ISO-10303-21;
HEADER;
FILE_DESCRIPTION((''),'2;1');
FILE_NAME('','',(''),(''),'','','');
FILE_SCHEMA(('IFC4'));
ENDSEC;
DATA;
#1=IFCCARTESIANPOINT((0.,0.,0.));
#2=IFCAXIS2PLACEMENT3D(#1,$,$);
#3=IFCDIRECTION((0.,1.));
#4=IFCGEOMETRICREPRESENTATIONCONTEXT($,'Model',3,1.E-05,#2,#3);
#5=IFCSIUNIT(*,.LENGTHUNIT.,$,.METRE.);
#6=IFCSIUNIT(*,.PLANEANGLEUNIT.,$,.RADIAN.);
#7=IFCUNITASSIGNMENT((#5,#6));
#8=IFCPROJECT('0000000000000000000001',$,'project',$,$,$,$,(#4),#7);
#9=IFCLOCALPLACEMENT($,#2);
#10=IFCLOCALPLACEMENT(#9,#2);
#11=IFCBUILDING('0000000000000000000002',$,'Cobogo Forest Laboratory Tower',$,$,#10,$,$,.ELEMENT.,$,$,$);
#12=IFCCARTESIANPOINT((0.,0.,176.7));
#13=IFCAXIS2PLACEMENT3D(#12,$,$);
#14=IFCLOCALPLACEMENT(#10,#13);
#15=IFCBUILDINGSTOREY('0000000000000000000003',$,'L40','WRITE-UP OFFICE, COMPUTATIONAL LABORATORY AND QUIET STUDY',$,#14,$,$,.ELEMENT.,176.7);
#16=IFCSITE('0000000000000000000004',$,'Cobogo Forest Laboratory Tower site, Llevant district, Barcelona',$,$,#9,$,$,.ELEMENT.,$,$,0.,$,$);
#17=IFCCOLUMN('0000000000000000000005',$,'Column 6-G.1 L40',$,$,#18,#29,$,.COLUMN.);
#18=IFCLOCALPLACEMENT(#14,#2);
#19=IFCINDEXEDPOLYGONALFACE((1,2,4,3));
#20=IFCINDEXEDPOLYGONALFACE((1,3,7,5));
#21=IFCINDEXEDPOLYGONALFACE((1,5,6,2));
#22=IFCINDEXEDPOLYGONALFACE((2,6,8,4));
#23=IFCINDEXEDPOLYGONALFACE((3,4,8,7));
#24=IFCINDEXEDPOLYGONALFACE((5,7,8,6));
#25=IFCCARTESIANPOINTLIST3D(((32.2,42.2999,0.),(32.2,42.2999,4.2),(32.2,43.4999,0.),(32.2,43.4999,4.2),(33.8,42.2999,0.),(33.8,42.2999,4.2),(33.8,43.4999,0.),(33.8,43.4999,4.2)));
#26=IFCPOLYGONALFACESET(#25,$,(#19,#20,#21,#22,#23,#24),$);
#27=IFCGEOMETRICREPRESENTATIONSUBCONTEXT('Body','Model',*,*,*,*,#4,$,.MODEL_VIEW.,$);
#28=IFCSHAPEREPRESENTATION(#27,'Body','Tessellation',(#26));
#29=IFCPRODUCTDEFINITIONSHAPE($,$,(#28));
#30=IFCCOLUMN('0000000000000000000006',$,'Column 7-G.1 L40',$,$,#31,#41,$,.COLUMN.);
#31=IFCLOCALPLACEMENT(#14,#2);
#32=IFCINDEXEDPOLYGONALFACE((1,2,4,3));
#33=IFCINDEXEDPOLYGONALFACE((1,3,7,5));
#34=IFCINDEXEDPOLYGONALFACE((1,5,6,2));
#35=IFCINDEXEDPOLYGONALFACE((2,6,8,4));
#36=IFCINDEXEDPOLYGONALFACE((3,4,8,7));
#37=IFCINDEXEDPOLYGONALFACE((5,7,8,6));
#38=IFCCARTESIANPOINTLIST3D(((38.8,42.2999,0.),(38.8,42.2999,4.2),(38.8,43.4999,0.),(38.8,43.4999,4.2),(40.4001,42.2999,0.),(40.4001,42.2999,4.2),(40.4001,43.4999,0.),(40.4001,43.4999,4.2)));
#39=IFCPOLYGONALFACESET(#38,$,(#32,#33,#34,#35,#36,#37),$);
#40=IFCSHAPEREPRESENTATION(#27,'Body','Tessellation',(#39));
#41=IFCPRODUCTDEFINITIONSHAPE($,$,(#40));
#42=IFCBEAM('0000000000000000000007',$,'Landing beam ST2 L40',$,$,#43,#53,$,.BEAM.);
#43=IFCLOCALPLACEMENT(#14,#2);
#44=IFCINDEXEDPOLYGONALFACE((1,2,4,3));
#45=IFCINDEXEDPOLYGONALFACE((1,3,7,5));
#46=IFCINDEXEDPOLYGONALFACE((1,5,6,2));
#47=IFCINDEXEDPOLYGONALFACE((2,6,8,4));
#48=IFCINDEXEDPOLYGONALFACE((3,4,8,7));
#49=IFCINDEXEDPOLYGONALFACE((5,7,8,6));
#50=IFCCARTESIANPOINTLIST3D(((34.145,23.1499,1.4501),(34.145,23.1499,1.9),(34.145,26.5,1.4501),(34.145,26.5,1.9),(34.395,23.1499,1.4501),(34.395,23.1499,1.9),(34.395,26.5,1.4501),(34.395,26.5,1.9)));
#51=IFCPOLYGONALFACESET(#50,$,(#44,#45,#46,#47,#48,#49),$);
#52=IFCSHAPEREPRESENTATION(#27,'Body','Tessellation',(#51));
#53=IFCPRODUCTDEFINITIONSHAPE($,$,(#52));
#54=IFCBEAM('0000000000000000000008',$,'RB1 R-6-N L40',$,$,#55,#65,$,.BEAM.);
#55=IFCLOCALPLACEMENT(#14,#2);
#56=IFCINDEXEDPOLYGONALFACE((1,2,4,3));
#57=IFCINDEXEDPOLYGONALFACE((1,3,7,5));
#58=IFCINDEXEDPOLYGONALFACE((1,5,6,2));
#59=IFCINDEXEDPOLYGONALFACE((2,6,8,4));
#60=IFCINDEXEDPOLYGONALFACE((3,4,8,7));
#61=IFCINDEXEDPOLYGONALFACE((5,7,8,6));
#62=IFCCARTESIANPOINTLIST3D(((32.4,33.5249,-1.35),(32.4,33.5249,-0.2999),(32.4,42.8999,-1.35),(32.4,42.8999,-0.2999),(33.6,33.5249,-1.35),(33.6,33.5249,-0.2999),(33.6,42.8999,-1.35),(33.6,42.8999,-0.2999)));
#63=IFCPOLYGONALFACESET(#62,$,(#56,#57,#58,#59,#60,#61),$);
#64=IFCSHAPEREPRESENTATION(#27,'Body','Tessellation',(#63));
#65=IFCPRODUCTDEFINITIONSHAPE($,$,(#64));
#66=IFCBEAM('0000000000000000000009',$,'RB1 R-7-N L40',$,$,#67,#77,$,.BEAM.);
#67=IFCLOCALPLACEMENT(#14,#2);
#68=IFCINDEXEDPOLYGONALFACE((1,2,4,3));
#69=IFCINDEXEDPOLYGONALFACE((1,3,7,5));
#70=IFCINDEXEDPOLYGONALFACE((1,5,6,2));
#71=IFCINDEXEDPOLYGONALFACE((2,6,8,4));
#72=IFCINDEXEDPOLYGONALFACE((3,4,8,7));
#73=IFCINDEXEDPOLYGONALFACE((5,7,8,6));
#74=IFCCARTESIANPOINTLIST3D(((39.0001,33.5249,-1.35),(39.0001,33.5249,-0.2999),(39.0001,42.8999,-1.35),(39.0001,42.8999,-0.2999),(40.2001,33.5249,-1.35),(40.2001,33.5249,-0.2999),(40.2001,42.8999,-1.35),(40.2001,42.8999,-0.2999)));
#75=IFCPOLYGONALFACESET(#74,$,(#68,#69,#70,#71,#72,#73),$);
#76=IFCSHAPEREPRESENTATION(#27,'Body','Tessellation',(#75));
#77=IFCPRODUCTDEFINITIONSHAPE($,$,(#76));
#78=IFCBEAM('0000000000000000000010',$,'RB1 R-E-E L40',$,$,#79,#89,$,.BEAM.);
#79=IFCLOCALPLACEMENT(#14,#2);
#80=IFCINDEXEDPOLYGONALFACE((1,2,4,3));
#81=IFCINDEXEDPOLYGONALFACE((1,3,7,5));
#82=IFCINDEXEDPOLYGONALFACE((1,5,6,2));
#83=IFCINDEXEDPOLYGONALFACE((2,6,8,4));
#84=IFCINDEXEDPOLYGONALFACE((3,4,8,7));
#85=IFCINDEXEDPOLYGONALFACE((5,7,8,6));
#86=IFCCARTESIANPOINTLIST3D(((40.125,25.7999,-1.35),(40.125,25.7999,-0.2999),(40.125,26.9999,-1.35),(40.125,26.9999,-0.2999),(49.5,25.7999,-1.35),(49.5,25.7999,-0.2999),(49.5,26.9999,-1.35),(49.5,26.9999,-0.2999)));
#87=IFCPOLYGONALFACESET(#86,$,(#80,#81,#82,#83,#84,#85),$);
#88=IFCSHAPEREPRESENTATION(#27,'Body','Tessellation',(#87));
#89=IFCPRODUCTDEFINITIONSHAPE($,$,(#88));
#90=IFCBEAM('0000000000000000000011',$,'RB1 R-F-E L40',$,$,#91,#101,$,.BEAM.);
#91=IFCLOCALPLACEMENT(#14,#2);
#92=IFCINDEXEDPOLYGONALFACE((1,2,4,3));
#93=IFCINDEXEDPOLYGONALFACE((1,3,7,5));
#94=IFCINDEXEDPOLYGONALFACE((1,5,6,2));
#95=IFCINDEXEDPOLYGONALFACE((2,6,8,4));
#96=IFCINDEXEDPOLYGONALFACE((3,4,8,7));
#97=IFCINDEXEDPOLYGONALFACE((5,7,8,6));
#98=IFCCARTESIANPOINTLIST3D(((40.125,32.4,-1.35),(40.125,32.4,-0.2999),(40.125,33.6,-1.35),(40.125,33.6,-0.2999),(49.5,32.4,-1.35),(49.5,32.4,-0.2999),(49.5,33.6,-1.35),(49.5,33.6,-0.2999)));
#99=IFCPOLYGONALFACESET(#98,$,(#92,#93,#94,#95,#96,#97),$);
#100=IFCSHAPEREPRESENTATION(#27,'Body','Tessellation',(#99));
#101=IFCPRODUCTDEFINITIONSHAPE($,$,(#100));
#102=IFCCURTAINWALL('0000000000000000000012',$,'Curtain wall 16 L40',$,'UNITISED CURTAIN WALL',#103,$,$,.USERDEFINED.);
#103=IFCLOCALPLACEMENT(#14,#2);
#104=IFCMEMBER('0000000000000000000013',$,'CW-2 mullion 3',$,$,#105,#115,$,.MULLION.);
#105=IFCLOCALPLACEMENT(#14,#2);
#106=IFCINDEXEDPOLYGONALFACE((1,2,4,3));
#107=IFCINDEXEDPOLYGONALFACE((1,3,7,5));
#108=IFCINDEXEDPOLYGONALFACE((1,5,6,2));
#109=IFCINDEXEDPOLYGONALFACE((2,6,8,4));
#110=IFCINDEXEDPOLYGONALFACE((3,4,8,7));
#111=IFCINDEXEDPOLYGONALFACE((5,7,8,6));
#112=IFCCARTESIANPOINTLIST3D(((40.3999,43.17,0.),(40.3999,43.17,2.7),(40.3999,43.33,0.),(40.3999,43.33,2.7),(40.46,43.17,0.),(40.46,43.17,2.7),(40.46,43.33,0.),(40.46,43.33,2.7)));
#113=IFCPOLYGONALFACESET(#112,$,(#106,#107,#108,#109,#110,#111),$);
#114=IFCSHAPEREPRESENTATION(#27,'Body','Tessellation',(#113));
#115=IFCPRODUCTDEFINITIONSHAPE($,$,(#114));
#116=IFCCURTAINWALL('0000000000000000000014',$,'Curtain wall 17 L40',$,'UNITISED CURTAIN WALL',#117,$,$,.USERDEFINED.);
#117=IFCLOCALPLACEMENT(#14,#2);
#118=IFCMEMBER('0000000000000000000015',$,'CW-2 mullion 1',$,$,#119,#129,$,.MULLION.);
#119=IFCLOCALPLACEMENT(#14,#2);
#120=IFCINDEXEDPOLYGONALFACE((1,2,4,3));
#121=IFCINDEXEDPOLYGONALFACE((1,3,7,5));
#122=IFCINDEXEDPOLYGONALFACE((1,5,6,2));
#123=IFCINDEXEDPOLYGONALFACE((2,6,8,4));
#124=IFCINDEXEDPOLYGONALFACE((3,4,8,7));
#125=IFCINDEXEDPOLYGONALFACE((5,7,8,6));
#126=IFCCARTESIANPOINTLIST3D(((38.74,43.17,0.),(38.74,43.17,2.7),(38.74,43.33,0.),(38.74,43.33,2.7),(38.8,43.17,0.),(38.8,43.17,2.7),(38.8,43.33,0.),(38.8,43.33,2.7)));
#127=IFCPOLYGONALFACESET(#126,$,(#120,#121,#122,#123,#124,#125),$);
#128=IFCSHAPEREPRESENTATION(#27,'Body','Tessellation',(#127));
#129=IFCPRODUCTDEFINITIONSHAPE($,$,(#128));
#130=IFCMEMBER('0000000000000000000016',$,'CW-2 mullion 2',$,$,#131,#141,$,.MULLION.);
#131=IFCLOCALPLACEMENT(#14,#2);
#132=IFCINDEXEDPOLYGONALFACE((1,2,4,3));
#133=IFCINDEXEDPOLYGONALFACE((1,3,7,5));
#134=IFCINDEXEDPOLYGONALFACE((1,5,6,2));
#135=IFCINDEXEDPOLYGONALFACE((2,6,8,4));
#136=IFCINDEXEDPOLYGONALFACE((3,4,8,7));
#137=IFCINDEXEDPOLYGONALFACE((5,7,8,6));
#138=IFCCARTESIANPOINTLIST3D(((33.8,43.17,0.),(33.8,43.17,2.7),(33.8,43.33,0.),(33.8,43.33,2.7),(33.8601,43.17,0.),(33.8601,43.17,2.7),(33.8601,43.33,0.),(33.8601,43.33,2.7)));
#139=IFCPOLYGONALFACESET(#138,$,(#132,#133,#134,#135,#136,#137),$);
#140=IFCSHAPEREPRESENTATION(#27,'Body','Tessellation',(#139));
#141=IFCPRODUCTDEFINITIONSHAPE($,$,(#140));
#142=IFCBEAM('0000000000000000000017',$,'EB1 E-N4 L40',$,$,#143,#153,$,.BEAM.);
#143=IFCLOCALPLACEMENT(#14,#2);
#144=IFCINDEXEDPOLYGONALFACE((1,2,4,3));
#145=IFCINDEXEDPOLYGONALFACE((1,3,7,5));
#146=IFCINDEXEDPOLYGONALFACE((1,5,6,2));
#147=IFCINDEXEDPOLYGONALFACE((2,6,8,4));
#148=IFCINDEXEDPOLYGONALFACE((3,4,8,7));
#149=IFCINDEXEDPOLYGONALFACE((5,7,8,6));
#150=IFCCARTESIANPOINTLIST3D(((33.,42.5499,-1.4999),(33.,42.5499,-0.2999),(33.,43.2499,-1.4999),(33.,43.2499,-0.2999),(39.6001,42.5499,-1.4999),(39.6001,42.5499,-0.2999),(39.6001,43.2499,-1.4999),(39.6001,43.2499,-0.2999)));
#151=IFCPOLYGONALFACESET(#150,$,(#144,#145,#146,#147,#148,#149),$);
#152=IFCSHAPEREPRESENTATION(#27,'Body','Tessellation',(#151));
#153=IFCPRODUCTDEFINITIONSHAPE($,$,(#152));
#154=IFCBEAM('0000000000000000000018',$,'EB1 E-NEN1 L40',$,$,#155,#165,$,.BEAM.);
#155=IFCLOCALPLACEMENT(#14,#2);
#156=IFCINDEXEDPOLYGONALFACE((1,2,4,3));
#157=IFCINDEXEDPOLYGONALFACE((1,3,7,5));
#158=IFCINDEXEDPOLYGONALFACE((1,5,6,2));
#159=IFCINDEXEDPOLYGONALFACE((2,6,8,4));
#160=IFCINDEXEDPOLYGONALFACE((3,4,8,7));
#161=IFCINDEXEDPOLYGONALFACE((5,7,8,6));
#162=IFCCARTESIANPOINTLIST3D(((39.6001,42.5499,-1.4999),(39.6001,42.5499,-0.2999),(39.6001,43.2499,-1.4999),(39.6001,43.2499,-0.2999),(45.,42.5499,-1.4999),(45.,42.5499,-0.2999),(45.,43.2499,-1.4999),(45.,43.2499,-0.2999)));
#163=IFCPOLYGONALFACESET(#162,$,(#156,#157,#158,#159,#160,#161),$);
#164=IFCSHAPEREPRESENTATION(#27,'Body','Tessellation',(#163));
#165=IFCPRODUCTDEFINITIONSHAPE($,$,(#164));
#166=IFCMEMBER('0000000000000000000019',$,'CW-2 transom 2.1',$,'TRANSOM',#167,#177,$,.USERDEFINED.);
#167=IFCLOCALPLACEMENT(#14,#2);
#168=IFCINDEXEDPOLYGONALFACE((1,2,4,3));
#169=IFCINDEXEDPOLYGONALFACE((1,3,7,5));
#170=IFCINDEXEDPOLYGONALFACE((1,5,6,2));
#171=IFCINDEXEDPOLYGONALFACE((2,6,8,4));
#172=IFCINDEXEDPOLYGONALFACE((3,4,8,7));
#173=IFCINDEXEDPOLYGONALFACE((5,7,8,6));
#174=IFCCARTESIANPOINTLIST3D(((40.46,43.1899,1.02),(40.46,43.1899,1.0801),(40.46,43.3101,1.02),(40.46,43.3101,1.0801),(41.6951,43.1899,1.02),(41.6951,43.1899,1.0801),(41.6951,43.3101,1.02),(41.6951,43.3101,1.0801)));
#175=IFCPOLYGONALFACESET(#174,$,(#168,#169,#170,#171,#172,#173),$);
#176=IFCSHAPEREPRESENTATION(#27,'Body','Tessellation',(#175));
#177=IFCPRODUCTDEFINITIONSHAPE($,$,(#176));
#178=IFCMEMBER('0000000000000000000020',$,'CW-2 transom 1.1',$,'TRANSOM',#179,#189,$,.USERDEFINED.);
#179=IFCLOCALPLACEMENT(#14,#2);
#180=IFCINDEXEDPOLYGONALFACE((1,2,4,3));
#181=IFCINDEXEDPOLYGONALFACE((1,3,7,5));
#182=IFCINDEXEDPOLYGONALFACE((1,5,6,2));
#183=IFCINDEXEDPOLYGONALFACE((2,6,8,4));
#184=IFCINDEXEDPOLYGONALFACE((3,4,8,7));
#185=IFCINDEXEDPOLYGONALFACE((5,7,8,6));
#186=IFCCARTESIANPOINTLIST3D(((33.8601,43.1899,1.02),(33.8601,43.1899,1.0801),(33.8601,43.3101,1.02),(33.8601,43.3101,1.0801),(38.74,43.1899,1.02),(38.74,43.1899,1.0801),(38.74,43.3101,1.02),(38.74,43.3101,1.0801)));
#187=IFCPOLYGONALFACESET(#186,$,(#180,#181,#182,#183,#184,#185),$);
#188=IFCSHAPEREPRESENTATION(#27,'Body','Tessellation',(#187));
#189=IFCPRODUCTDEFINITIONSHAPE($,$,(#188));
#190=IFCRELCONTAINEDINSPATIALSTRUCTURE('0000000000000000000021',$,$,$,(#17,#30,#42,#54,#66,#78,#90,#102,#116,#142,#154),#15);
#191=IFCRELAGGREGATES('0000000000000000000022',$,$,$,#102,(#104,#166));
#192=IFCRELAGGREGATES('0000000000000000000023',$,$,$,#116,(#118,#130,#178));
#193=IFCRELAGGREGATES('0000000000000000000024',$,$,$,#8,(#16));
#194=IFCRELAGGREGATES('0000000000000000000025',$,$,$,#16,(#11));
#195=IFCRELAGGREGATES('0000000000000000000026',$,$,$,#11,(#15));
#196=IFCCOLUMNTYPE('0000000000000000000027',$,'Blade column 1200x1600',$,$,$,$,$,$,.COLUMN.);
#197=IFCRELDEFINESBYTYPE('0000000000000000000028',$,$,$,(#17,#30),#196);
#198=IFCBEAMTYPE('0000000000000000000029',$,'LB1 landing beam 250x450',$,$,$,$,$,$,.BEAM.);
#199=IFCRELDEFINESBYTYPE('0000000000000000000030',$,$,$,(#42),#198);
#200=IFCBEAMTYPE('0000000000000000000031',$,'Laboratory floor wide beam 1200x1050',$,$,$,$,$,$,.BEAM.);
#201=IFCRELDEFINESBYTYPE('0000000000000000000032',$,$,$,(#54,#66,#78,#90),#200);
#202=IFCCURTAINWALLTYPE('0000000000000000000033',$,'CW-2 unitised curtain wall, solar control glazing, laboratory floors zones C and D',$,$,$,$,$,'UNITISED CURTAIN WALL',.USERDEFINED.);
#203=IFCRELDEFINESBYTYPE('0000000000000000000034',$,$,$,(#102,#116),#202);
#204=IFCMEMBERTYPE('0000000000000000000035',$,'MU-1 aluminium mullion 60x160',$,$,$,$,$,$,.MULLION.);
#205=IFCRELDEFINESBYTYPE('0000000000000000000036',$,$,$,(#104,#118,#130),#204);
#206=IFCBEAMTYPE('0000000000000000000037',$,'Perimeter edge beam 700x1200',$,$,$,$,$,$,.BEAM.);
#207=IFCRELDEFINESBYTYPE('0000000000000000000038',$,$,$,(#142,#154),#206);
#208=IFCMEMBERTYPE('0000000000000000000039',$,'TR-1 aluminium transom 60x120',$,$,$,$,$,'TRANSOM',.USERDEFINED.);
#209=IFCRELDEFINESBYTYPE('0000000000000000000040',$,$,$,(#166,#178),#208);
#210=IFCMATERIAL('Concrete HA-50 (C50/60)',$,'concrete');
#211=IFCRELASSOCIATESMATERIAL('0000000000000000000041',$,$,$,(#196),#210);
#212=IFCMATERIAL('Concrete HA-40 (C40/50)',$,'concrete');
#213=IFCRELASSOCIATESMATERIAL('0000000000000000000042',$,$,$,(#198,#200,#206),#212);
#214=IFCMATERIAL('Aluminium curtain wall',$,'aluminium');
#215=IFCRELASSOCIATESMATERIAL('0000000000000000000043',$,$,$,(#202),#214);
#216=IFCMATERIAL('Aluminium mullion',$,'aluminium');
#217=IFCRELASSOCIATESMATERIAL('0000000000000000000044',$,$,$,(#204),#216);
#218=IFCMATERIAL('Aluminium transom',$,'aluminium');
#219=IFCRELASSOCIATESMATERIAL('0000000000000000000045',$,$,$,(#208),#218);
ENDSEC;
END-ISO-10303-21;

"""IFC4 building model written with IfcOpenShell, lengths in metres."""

from ifc_helpers import new_model, si_unit, direction, frame, origin, origin_2d, place, context, subcontext, project, spatial, rectangle, extrude, material, material_profile, profile_set, type_object, element, aggregate, save


model = new_model("IFC4")

# Units and contexts
model_context = context("Model", 3, precision=1e-05, world=origin(), true_north=direction((0.0, 1.0)))
body_context = subcontext(model_context, "Body", "Model", "MODEL_VIEW")
ifc_project = project(units=[si_unit("LENGTHUNIT", "METRE"), si_unit("PLANEANGLEUNIT", "RADIAN")], contexts=[model_context])

# Site, building, storey
site_placement = place(None, origin())
site = spatial("IfcSite", under=ifc_project, at=site_placement, Name="Cobogo Forest Laboratory Tower site, Llevant district, Barcelona", CompositionType="ELEMENT", RefElevation=0.0)
building_placement = place(site_placement, origin())
building = spatial("IfcBuilding", under=site, at=building_placement, Name="Cobogo Forest Laboratory Tower", CompositionType="ELEMENT")
storey_placement = place(building_placement, frame((0.0, 0.0, 176.7)))
storey = spatial("IfcBuildingStorey", under=building, at=storey_placement, Name="L40", Description="WRITE-UP OFFICE, COMPUTATIONAL LABORATORY AND QUIET STUDY", CompositionType="ELEMENT", Elevation=176.7)

# Columns
ifc_material_1 = material(Name="Concrete HA-50 (C50/60)", Category="concrete")
ifc_material_profile_1 = material_profile(ifc_material_1, rectangle(XDim=1.6001, YDim=1.2, at=origin_2d()), Name="RC 1200x1600")
ifc_profile_set_1 = profile_set([ifc_material_profile_1], Name="Concrete HA-50 (C50/60)")
column_type = type_object("IfcColumnType", Name="Blade column 1200x1600", PredefinedType="COLUMN", material=ifc_profile_set_1)
for number, where, z_axis, x_axis, name in (
    (1, (33.0, 42.8999, 0.0), (0.0, 0.0, 1.0), (1.0, 0.0, 0.0), "Column 6-G.1 L40"),
    (2, (39.6001, 42.8999, 0.0), (0.0, 0.0, 1.0), (1.0, 0.0, 0.0), "Column 7-G.1 L40"),
):
    element("IfcColumn", number, at=place(storey_placement, frame(where, z_axis=z_axis, x_axis=x_axis)), inside=storey, type_object=column_type, Name=name, PredefinedType="COLUMN", context=body_context, shape_type="SweptSolid", body=[
        extrude(rectangle(XDim=1.6001, YDim=1.2, at=origin_2d()), origin(), (0.0, 0.0, 1.0), 4.2),
    ])

# Beams
ifc_material_2 = material(Name="Concrete HA-40 (C40/50)", Category="concrete")
ifc_material_profile_2 = material_profile(ifc_material_2, rectangle(XDim=0.25, YDim=0.45, at=origin_2d()), Name="RC 250x450")
ifc_profile_set_2 = profile_set([ifc_material_profile_2], Name="Concrete HA-40 (C40/50)")
beam_type_1 = type_object("IfcBeamType", Name="LB1 landing beam 250x450", PredefinedType="BEAM", material=ifc_profile_set_2)
beam_1_placement = place(storey_placement, frame((34.27, 23.1499, 1.675), z_axis=(0.0, 1.0, 0.0), x_axis=(-1.0, 0.0, 0.0)))
element("IfcBeam", 3, at=beam_1_placement, inside=storey, type_object=beam_type_1, Name="Landing beam ST2 L40", PredefinedType="BEAM", context=body_context, shape_type="SweptSolid", body=[
    extrude(rectangle(XDim=0.25, YDim=0.45, at=origin_2d()), origin(), (0.0, 0.0, 1.0), 3.3501),
])
ifc_material_profile_3 = material_profile(ifc_material_2, rectangle(XDim=1.2, YDim=1.05, at=origin_2d()), Name="RC 1200x1050")
ifc_profile_set_3 = profile_set([ifc_material_profile_3], Name="Concrete HA-40 (C40/50)")
beam_type_2 = type_object("IfcBeamType", Name="Laboratory floor wide beam 1200x1050", PredefinedType="BEAM", material=ifc_profile_set_3)
for number, where, z_axis, x_axis, name in (
    (4, (33.0, 33.5249, -0.825), (0.0, 1.0, 0.0), (-1.0, 0.0, 0.0), "RB1 R-6-N L40"),
    (5, (39.6001, 33.5249, -0.825), (0.0, 1.0, 0.0), (-1.0, 0.0, 0.0), "RB1 R-7-N L40"),
    (6, (40.125, 26.3999, -0.825), (1.0, 0.0, 0.0), (0.0, 1.0, 0.0), "RB1 R-E-E L40"),
    (7, (40.125, 33.0, -0.825), (1.0, 0.0, 0.0), (0.0, 1.0, 0.0), "RB1 R-F-E L40"),
):
    element("IfcBeam", number, at=place(storey_placement, frame(where, z_axis=z_axis, x_axis=x_axis)), inside=storey, type_object=beam_type_2, Name=name, PredefinedType="BEAM", context=body_context, shape_type="SweptSolid", body=[
        extrude(rectangle(XDim=1.2, YDim=1.05, at=origin_2d()), origin(), (0.0, 0.0, 1.0), 9.375),
    ])

# Curtain wall, member
ifc_material_3 = material(Name="Aluminium curtain wall", Category="aluminium")
curtain_wall_type = type_object("IfcCurtainWallType", Name="CW-2 unitised curtain wall, solar control glazing, laboratory floors zones C and D", ElementType="UNITISED CURTAIN WALL", PredefinedType="USERDEFINED", material=ifc_material_3)
curtain_wall_1_placement = place(storey_placement, origin())
curtain_wall_1 = element("IfcCurtainWall", 8, at=curtain_wall_1_placement, inside=storey, type_object=curtain_wall_type, Name="Curtain wall 16 L40", ObjectType="UNITISED CURTAIN WALL", PredefinedType="USERDEFINED")
ifc_material_4 = material(Name="Aluminium mullion", Category="aluminium")
ifc_material_profile_4 = material_profile(ifc_material_4, rectangle(XDim=0.0601, YDim=0.1599, at=origin_2d()), Name="AL 60x160")
ifc_profile_set_4 = profile_set([ifc_material_profile_4], Name="Aluminium mullion")
member_type_1 = type_object("IfcMemberType", Name="MU-1 aluminium mullion 60x160", PredefinedType="MULLION", material=ifc_profile_set_4)
member_1_placement = place(storey_placement, frame((40.4299, 43.25, 0.0), z_axis=(0.0, 0.0, 1.0), x_axis=(-1.0, 0.0, 0.0)))
member_1 = element("IfcMember", 9, at=member_1_placement, type_object=member_type_1, Name="CW-2 mullion 3", PredefinedType="MULLION", context=body_context, shape_type="SweptSolid", body=[
    extrude(rectangle(XDim=0.0601, YDim=0.1599, at=origin_2d()), origin(), (0.0, 0.0, 1.0), 2.7),
])

# Curtain wall, members
curtain_wall_2_placement = place(storey_placement, origin())
curtain_wall_2 = element("IfcCurtainWall", 10, at=curtain_wall_2_placement, inside=storey, type_object=curtain_wall_type, Name="Curtain wall 17 L40", ObjectType="UNITISED CURTAIN WALL", PredefinedType="USERDEFINED")
member_2_placement = place(storey_placement, frame((38.77, 43.25, 0.0), z_axis=(0.0, 0.0, 1.0), x_axis=(-1.0, 0.0, 0.0)))
member_2 = element("IfcMember", 11, at=member_2_placement, type_object=member_type_1, Name="CW-2 mullion 1", PredefinedType="MULLION", context=body_context, shape_type="SweptSolid", body=[
    extrude(rectangle(XDim=0.0601, YDim=0.1599, at=origin_2d()), origin(), (0.0, 0.0, 1.0), 2.7),
])
member_3_placement = place(storey_placement, frame((33.8301, 43.25, 0.0), z_axis=(0.0, 0.0, 1.0), x_axis=(-1.0, 0.0, 0.0)))
member_3 = element("IfcMember", 12, at=member_3_placement, type_object=member_type_1, Name="CW-2 mullion 2", PredefinedType="MULLION", context=body_context, shape_type="SweptSolid", body=[
    extrude(rectangle(XDim=0.0601, YDim=0.1599, at=origin_2d()), origin(), (0.0, 0.0, 1.0), 2.7),
])

# Beams
ifc_material_profile_5 = material_profile(ifc_material_2, rectangle(XDim=0.7, YDim=1.2, at=origin_2d()), Name="RC 700x1200")
ifc_profile_set_5 = profile_set([ifc_material_profile_5], Name="Concrete HA-40 (C40/50)")
beam_type_3 = type_object("IfcBeamType", Name="Perimeter edge beam 700x1200", PredefinedType="BEAM", material=ifc_profile_set_5)
beam_2_placement = place(storey_placement, frame((33.0, 42.8999, -0.8999), z_axis=(1.0, 0.0, 0.0), x_axis=(0.0, 1.0, 0.0)))
element("IfcBeam", 13, at=beam_2_placement, inside=storey, type_object=beam_type_3, Name="EB1 E-N4 L40", PredefinedType="BEAM", context=body_context, shape_type="SweptSolid", body=[
    extrude(rectangle(XDim=0.7, YDim=1.2, at=origin_2d()), origin(), (0.0, 0.0, 1.0), 6.6001),
])
beam_3_placement = place(storey_placement, frame((39.6001, 42.8999, -0.8999), z_axis=(1.0, 0.0, 0.0), x_axis=(0.0, 1.0, 0.0)))
element("IfcBeam", 14, at=beam_3_placement, inside=storey, type_object=beam_type_3, Name="EB1 E-NEN1 L40", PredefinedType="BEAM", context=body_context, shape_type="SweptSolid", body=[
    extrude(rectangle(XDim=0.7, YDim=1.2, at=origin_2d()), origin(), (0.0, 0.0, 1.0), 5.3999),
])

# Members
ifc_material_5 = material(Name="Aluminium transom", Category="aluminium")
ifc_material_profile_6 = material_profile(ifc_material_5, rectangle(XDim=0.1201, YDim=0.0601, at=origin_2d()), Name="AL 60x120")
ifc_profile_set_6 = profile_set([ifc_material_profile_6], Name="Aluminium transom")
member_type_2 = type_object("IfcMemberType", Name="TR-1 aluminium transom 60x120", ElementType="TRANSOM", PredefinedType="USERDEFINED", material=ifc_profile_set_6)
member_4_placement = place(storey_placement, frame((41.6951, 43.25, 1.05), z_axis=(-1.0, 0.0, 0.0), x_axis=(0.0, -1.0, 0.0)))
member_4 = element("IfcMember", 15, at=member_4_placement, type_object=member_type_2, Name="CW-2 transom 2.1", ObjectType="TRANSOM", PredefinedType="USERDEFINED", context=body_context, shape_type="SweptSolid", body=[
    extrude(rectangle(XDim=0.1201, YDim=0.0601, at=origin_2d()), origin(), (0.0, 0.0, 1.0), 1.2351),
])
member_5_placement = place(storey_placement, frame((38.74, 43.25, 1.05), z_axis=(-1.0, 0.0, 0.0), x_axis=(0.0, -1.0, 0.0)))
member_5 = element("IfcMember", 16, at=member_5_placement, type_object=member_type_2, Name="CW-2 transom 1.1", ObjectType="TRANSOM", PredefinedType="USERDEFINED", context=body_context, shape_type="SweptSolid", body=[
    extrude(rectangle(XDim=0.1201, YDim=0.0601, at=origin_2d()), origin(), (0.0, 0.0, 1.0), 4.8799),
])

aggregate(curtain_wall_1, [member_1, member_4])
aggregate(curtain_wall_2, [member_2, member_3, member_5])

save(model, "model.ifc")
